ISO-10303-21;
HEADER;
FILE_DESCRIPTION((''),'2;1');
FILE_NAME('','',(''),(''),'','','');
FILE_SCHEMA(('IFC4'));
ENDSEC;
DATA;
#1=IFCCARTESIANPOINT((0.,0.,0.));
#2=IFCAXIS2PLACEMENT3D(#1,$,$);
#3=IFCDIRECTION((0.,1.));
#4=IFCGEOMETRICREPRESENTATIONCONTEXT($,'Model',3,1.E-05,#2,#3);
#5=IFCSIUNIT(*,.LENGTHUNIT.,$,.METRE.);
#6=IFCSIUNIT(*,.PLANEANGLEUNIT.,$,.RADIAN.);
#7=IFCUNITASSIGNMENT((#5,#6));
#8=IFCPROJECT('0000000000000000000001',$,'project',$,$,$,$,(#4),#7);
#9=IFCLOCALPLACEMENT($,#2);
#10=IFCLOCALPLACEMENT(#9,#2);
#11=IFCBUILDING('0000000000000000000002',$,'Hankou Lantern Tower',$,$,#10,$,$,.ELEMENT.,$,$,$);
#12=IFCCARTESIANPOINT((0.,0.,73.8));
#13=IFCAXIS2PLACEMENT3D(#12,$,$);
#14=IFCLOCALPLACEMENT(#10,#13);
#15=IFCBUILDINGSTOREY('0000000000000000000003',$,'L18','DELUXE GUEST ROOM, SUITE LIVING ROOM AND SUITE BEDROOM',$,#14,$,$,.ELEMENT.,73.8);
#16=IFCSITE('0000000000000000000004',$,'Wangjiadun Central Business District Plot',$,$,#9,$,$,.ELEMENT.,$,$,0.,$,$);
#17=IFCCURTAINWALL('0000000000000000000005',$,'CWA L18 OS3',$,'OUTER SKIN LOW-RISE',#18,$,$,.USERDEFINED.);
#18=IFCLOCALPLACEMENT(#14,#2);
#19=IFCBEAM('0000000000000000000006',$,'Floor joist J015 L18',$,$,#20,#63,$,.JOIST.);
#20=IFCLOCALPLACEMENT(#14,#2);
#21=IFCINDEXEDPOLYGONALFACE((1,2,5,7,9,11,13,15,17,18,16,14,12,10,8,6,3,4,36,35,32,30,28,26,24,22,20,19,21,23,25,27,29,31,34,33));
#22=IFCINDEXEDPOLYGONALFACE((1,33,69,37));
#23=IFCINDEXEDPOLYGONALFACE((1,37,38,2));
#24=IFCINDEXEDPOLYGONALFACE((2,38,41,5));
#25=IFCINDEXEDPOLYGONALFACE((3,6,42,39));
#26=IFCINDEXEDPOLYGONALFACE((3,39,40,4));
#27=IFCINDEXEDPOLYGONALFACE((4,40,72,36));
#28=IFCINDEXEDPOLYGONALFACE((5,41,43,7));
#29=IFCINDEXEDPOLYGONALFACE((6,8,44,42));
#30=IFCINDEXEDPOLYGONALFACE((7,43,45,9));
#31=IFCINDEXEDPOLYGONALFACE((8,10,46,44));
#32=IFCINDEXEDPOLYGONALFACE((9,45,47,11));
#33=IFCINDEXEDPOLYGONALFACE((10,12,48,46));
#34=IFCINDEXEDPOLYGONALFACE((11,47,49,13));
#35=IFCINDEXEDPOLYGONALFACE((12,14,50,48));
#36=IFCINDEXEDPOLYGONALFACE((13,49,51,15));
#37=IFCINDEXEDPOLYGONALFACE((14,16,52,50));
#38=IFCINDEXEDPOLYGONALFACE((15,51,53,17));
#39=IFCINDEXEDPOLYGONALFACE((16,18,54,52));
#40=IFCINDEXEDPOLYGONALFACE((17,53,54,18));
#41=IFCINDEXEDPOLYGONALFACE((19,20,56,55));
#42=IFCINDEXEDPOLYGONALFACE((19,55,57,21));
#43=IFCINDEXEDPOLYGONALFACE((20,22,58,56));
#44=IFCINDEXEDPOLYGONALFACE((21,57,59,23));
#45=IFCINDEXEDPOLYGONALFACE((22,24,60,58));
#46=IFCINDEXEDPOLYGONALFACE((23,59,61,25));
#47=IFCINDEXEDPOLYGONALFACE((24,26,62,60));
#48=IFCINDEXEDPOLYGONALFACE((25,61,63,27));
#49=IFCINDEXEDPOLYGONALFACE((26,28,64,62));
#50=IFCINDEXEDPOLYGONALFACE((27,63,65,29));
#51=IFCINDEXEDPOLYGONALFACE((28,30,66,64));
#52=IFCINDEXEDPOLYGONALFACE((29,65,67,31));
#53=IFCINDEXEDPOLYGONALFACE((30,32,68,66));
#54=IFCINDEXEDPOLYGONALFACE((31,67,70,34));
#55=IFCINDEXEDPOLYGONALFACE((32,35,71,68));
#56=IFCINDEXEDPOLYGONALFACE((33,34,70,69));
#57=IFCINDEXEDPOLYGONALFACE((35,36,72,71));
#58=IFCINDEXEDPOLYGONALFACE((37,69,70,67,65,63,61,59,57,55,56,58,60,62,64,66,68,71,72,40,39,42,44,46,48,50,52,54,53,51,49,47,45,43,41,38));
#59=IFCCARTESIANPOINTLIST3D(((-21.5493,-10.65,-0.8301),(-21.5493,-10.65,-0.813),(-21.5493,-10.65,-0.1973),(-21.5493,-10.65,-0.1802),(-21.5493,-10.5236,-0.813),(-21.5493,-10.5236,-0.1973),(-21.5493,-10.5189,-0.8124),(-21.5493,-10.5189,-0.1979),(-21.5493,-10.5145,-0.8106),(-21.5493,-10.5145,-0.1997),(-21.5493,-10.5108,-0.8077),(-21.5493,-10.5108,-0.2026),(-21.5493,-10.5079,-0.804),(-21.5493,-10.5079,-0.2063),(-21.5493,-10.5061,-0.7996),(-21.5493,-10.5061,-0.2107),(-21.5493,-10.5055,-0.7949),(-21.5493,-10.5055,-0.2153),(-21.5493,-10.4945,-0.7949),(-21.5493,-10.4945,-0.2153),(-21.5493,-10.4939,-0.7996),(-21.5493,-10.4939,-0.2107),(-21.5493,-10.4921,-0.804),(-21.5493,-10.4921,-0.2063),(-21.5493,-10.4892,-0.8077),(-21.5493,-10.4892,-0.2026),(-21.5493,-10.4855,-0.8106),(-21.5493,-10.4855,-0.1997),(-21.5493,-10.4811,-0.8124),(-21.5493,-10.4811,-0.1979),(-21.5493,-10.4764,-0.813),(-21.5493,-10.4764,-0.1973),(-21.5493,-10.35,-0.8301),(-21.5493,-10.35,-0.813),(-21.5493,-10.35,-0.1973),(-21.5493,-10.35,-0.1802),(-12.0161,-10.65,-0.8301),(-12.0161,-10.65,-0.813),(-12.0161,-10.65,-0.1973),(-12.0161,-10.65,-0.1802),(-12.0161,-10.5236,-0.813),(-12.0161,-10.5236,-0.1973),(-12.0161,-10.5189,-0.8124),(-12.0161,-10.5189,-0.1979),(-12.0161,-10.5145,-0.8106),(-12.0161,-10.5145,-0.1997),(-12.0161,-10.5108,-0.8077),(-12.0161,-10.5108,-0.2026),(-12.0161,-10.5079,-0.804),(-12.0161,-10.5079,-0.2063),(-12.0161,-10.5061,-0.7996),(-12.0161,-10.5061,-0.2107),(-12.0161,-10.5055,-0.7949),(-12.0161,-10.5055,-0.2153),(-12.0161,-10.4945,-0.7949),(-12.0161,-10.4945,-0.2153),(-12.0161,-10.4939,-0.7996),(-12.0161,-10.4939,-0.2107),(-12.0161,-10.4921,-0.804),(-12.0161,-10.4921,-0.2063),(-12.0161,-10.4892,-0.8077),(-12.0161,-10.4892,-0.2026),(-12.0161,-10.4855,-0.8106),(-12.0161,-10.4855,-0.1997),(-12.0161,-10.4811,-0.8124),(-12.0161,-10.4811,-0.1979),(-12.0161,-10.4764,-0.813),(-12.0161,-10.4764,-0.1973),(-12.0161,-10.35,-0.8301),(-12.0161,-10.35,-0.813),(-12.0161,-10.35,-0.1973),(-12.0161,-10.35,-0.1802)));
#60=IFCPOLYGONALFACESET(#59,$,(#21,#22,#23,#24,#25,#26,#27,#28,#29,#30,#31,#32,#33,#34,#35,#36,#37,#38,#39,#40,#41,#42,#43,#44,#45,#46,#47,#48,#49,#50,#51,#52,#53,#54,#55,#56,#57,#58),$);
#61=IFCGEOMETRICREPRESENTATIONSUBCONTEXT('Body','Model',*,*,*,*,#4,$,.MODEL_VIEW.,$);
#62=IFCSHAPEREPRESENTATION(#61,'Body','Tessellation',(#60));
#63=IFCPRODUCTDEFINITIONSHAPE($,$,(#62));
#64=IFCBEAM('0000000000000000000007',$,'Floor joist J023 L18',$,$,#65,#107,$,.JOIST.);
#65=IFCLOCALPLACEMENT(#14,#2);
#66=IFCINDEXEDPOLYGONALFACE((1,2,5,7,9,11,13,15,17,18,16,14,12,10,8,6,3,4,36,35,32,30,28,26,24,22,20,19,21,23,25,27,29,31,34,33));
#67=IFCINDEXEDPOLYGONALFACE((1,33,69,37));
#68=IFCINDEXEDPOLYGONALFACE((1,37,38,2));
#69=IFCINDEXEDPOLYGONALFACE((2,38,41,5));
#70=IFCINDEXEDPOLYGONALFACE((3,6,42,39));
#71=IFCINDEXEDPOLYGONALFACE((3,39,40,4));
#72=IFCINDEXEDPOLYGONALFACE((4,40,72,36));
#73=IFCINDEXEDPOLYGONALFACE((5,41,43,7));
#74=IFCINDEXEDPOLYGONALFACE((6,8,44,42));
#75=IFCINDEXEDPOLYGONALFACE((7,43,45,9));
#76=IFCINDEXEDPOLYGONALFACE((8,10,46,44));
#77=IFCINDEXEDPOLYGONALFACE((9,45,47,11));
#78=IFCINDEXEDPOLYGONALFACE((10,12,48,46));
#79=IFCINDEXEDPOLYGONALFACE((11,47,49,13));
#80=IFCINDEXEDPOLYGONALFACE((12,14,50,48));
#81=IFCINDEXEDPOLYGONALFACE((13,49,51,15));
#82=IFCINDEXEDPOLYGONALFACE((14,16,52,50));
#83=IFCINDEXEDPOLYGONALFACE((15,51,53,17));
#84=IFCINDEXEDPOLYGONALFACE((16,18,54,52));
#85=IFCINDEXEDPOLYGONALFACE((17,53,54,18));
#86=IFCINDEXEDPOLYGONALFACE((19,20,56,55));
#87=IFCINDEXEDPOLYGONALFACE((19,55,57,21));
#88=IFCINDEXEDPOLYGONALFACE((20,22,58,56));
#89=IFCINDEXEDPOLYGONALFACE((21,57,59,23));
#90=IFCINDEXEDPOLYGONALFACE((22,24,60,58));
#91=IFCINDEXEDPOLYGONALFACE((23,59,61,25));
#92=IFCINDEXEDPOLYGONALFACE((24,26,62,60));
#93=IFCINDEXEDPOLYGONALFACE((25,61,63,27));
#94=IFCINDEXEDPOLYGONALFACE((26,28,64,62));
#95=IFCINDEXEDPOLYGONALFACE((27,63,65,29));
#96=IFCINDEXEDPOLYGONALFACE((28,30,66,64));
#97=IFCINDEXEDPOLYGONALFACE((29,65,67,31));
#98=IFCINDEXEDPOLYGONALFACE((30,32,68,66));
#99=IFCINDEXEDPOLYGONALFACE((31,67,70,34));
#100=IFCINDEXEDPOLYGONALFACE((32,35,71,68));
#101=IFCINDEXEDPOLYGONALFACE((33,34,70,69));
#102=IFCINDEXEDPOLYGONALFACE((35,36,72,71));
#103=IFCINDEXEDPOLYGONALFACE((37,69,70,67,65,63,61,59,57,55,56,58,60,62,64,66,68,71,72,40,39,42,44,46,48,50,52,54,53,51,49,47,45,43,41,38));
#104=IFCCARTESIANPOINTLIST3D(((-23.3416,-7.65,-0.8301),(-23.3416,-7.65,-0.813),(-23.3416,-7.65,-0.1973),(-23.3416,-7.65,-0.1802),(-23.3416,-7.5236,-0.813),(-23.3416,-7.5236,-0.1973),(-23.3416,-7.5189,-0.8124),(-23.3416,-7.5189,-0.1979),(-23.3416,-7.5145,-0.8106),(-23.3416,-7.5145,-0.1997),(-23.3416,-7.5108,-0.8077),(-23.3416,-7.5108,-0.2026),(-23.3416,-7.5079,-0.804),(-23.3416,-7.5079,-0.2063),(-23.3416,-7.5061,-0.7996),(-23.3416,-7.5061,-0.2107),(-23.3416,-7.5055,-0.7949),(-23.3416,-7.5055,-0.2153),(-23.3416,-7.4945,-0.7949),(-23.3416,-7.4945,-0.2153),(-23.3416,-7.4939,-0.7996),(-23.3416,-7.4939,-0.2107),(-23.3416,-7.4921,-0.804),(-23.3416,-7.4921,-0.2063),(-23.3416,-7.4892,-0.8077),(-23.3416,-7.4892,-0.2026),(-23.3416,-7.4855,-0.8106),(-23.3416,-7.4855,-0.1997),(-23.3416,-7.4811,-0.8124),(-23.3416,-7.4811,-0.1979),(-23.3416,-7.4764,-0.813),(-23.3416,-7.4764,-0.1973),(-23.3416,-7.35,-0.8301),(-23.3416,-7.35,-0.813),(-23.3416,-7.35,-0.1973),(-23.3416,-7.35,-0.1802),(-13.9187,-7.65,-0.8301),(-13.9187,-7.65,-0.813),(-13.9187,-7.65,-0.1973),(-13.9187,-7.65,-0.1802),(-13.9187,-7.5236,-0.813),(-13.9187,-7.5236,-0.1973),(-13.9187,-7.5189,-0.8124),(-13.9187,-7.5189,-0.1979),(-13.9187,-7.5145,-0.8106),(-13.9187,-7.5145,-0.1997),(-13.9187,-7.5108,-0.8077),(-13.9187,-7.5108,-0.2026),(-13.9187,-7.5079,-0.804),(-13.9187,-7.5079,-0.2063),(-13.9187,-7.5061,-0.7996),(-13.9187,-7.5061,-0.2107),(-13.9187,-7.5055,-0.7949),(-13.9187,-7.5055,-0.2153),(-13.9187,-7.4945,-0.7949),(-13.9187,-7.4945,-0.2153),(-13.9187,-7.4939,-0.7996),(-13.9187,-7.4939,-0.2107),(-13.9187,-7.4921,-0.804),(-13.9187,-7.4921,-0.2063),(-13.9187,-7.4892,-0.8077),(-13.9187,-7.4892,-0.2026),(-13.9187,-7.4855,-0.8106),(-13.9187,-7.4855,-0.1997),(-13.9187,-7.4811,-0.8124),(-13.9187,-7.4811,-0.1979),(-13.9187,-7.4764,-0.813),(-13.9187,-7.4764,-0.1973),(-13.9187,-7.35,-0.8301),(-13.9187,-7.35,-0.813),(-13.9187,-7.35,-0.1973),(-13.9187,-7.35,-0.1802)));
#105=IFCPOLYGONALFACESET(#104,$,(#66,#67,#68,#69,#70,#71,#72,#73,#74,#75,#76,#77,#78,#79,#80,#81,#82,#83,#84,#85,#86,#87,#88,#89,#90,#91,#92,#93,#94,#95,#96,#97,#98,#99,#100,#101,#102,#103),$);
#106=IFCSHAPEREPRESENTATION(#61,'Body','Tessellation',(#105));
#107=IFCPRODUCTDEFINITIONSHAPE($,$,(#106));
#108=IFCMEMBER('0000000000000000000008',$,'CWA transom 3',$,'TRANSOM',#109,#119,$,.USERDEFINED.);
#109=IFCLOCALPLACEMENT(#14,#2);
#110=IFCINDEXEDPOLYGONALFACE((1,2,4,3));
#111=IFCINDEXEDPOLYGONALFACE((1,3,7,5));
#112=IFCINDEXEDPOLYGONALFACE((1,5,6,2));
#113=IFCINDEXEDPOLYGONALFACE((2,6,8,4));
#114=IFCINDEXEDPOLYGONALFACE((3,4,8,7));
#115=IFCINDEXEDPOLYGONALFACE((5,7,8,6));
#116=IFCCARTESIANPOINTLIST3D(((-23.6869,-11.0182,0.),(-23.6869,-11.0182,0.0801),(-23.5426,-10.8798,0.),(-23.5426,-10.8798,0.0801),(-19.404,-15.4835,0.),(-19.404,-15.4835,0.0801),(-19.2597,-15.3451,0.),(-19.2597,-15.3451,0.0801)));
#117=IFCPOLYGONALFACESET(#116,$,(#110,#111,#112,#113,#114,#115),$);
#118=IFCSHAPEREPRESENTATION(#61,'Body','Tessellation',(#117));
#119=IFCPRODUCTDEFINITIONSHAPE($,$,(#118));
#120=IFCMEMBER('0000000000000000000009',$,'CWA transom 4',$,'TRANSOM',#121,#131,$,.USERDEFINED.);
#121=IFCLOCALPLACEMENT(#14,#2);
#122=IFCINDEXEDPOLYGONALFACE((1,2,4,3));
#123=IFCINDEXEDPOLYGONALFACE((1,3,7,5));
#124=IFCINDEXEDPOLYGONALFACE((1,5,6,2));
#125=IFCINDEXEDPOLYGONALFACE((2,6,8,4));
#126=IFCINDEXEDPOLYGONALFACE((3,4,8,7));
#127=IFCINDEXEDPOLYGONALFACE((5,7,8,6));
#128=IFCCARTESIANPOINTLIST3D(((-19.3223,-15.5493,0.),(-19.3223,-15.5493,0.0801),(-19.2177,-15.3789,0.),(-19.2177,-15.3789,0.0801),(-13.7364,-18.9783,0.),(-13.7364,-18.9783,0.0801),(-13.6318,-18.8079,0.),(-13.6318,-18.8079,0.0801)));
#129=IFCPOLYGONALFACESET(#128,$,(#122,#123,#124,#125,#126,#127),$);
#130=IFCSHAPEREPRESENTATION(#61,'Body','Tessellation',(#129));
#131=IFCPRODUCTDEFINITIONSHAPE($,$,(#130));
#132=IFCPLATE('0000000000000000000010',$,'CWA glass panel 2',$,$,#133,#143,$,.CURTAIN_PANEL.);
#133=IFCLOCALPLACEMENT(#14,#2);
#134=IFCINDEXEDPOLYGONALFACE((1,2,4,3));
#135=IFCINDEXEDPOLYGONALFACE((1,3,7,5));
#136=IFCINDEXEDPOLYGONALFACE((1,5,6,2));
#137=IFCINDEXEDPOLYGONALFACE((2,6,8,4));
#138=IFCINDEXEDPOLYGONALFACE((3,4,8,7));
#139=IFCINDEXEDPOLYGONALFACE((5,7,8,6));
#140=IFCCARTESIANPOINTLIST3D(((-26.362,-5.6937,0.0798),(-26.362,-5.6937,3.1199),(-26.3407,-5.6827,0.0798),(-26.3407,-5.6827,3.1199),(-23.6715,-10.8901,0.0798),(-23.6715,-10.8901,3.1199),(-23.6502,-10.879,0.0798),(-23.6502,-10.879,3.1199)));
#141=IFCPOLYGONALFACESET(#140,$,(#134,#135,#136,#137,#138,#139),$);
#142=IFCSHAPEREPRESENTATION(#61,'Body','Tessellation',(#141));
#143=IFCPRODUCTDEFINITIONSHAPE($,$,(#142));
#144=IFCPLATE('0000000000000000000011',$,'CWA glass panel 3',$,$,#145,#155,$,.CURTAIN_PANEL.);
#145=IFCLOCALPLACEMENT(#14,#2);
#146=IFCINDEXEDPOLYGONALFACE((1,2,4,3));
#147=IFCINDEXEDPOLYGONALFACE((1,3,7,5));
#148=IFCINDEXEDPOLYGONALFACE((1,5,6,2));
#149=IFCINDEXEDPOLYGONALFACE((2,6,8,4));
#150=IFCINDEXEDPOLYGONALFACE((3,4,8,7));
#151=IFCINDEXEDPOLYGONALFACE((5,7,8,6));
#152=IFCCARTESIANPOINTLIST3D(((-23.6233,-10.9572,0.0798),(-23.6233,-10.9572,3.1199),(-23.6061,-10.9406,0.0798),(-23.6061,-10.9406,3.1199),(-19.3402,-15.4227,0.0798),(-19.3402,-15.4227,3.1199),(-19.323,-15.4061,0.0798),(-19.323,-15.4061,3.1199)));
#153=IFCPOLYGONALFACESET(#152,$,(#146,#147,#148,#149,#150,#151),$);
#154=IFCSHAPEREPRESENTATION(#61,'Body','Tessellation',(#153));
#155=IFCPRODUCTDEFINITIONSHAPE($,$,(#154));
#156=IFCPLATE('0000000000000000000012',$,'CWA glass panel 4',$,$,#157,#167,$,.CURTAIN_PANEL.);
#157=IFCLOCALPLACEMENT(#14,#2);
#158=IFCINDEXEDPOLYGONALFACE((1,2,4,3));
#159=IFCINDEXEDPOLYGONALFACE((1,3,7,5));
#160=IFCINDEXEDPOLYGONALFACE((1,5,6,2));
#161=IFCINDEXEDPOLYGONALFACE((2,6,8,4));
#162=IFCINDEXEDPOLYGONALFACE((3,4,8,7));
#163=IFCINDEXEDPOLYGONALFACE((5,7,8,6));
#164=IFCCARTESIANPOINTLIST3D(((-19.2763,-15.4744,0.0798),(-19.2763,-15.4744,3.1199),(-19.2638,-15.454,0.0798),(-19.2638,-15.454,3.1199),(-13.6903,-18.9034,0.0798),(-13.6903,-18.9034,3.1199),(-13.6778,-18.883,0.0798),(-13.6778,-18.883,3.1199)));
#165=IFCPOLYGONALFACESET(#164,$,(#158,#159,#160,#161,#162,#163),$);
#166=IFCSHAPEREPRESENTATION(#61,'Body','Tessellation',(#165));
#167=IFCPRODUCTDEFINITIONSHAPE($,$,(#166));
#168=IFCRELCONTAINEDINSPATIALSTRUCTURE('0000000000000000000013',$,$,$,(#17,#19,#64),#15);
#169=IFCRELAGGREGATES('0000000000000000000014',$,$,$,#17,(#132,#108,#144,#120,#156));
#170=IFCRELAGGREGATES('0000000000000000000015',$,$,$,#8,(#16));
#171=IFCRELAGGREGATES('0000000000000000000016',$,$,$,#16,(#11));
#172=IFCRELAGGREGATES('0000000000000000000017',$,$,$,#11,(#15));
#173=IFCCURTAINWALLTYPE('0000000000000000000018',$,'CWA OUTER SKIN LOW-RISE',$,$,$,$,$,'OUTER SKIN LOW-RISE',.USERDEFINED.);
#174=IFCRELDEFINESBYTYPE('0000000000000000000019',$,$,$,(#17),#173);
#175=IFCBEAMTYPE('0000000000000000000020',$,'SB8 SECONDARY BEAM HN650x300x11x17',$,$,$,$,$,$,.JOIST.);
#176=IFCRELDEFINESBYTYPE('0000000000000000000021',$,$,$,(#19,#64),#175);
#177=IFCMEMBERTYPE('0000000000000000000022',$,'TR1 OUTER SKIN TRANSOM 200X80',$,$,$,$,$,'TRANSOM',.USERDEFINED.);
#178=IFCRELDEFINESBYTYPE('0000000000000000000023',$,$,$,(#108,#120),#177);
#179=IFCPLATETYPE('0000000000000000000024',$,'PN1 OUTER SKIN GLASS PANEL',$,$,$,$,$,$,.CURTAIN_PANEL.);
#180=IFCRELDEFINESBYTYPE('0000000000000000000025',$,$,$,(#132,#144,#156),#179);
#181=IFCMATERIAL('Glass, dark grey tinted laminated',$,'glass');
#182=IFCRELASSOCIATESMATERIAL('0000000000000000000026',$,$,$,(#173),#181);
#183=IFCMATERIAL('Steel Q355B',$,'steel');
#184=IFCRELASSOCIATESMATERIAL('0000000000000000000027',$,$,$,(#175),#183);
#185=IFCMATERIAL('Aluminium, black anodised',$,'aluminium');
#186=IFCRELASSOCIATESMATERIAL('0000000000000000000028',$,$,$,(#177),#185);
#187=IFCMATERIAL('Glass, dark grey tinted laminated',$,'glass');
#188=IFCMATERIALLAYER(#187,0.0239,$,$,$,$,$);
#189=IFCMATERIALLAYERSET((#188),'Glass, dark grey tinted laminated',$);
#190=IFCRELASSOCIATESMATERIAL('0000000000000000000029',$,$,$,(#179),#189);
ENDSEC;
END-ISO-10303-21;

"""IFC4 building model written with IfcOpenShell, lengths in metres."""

from ifc_helpers import new_model, si_unit, direction, frame, origin, origin_2d, place, context, subcontext, project, spatial, rectangle, i_section, extrude, material, layer, layer_set, material_profile, profile_set, type_object, element, aggregate, save


model = new_model("IFC4")

# Units and contexts
model_context = context("Model", 3, precision=1e-05, world=origin(), true_north=direction((0.0, 1.0)))
body_context = subcontext(model_context, "Body", "Model", "MODEL_VIEW")
ifc_project = project(units=[si_unit("LENGTHUNIT", "METRE"), si_unit("PLANEANGLEUNIT", "RADIAN")], contexts=[model_context])

# Site, building, storey
site_placement = place(None, origin())
site = spatial("IfcSite", under=ifc_project, at=site_placement, Name="Wangjiadun Central Business District Plot", CompositionType="ELEMENT", RefElevation=0.0)
building_placement = place(site_placement, origin())
building = spatial("IfcBuilding", under=site, at=building_placement, Name="Hankou Lantern Tower", CompositionType="ELEMENT")
storey_placement = place(building_placement, frame((0.0, 0.0, 73.8)))
storey = spatial("IfcBuildingStorey", under=building, at=storey_placement, Name="L18", Description="DELUXE GUEST ROOM, SUITE LIVING ROOM AND SUITE BEDROOM", CompositionType="ELEMENT", Elevation=73.8)

# Curtain wall
ifc_material_1 = material(Name="Glass, dark grey tinted laminated", Category="glass")
curtain_wall_type = type_object("IfcCurtainWallType", Name="CWA OUTER SKIN LOW-RISE", ElementType="OUTER SKIN LOW-RISE", PredefinedType="USERDEFINED", material=ifc_material_1)
curtain_wall_placement = place(storey_placement, origin())
curtain_wall = element("IfcCurtainWall", 1, at=curtain_wall_placement, inside=storey, type_object=curtain_wall_type, Name="CWA L18 OS3", ObjectType="OUTER SKIN LOW-RISE", PredefinedType="USERDEFINED")

# Beams
ifc_material_2 = material(Name="Steel Q355B", Category="steel")
ifc_material_profile_1 = material_profile(ifc_material_2, i_section(OverallWidth=0.3, OverallDepth=0.6499, WebThickness=0.011, FlangeThickness=0.0171, FilletRadius=0.0181, at=origin_2d()), Name="HN650x300x11x17")
ifc_profile_set_1 = profile_set([ifc_material_profile_1], Name="Steel Q355B")
beam_type_1 = type_object("IfcBeamType", Name="SB8 SECONDARY BEAM HN650x300x11x17", PredefinedType="JOIST", material=ifc_profile_set_1)
beam_1_placement = place(storey_placement, frame((-21.5493, -10.5, -0.5051), z_axis=(1.0, 0.0, 0.0), x_axis=(0.0, 1.0, 0.0)))
element("IfcBeam", 2, at=beam_1_placement, inside=storey, type_object=beam_type_1, Name="Floor joist J015 L18", PredefinedType="JOIST", context=body_context, shape_type="SweptSolid", body=[
    extrude(i_section(OverallWidth=0.3, OverallDepth=0.6499, WebThickness=0.011, FlangeThickness=0.0171, FilletRadius=0.0181, at=origin_2d()), origin(), (0.0, 0.0, 1.0), 9.5332),
])
beam_2_placement = place(storey_placement, frame((-23.3416, -7.5, -0.5051), z_axis=(1.0, 0.0, 0.0), x_axis=(0.0, 1.0, 0.0)))
element("IfcBeam", 3, at=beam_2_placement, inside=storey, type_object=beam_type_1, Name="Floor joist J023 L18", PredefinedType="JOIST", context=body_context, shape_type="SweptSolid", body=[
    extrude(i_section(OverallWidth=0.3, OverallDepth=0.6499, WebThickness=0.011, FlangeThickness=0.0171, FilletRadius=0.0181, at=origin_2d()), origin(), (0.0, 0.0, 1.0), 9.4229),
])

# Members
ifc_material_3 = material(Name="Aluminium, black anodised", Category="aluminium")
ifc_material_profile_2 = material_profile(ifc_material_3, rectangle(XDim=0.2, YDim=0.0801, at=origin_2d()), Name="TR1 200X80")
ifc_profile_set_2 = profile_set([ifc_material_profile_2], Name="Aluminium, black anodised")
member_type_1 = type_object("IfcMemberType", Name="TR1 OUTER SKIN TRANSOM 200X80", ElementType="TRANSOM", PredefinedType="USERDEFINED", material=ifc_profile_set_2)
member_1_placement = place(storey_placement, frame((-23.6147, -10.949, 0.04), z_axis=(0.692216, -0.721691, 0.0), x_axis=(0.721691, 0.692216, 0.0)))
member_1 = element("IfcMember", 4, at=member_1_placement, type_object=member_type_1, Name="CWA transom 3", ObjectType="TRANSOM", PredefinedType="USERDEFINED", context=body_context, shape_type="SweptSolid", body=[
    extrude(rectangle(XDim=0.2, YDim=0.0801, at=origin_2d()), origin(), (0.0, 0.0, 1.0), 6.1873),
])
member_2_placement = place(storey_placement, frame((-19.27, -15.4641, 0.04), z_axis=(0.85224, -0.523152, 0.0), x_axis=(0.523152, 0.85224, 0.0)))
member_2 = element("IfcMember", 5, at=member_2_placement, type_object=member_type_1, Name="CWA transom 4", ObjectType="TRANSOM", PredefinedType="USERDEFINED", context=body_context, shape_type="SweptSolid", body=[
    extrude(rectangle(XDim=0.2, YDim=0.0801, at=origin_2d()), origin(), (0.0, 0.0, 1.0), 6.5544),
])

# Plates
ifc_material_4 = material(Name="Glass, dark grey tinted laminated", Category="glass")
ifc_layer_1 = layer(ifc_material_4, 0.0239)
ifc_layer_set_1 = layer_set([ifc_layer_1], Name="Glass, dark grey tinted laminated")
plate_type = type_object("IfcPlateType", Name="PN1 OUTER SKIN GLASS PANEL", PredefinedType="CURTAIN_PANEL", material=ifc_layer_set_1)
plate_1_placement = place(storey_placement, frame((-25.0061, -8.2864, 0.0798), z_axis=(0.0, 0.0, 1.0), x_axis=(0.459791, -0.888027, 0.0)))
plate_1 = element("IfcPlate", 6, at=plate_1_placement, type_object=plate_type, Name="CWA glass panel 2", PredefinedType="CURTAIN_PANEL", context=body_context, shape_type="SweptSolid", body=[
    extrude(rectangle(XDim=5.8516, YDim=0.0239, at=origin_2d()), origin(), (0.0, 0.0, 1.0), 3.04),
])
plate_2_placement = place(storey_placement, frame((-21.4731, -13.1816, 0.0798), z_axis=(0.0, 0.0, 1.0), x_axis=(0.692216, -0.721691, 0.0)))
plate_2 = element("IfcPlate", 7, at=plate_2_placement, type_object=plate_type, Name="CWA glass panel 3", PredefinedType="CURTAIN_PANEL", context=body_context, shape_type="SweptSolid", body=[
    extrude(rectangle(XDim=6.1875, YDim=0.0239, at=origin_2d()), origin(), (0.0, 0.0, 1.0), 3.04),
])
plate_3_placement = place(storey_placement, frame((-16.4771, -17.1787, 0.0798), z_axis=(0.0, 0.0, 1.0), x_axis=(0.852237, -0.523156, 0.0)))
plate_3 = element("IfcPlate", 8, at=plate_3_placement, type_object=plate_type, Name="CWA glass panel 4", PredefinedType="CURTAIN_PANEL", context=body_context, shape_type="SweptSolid", body=[
    extrude(rectangle(XDim=6.5544, YDim=0.0239, at=origin_2d()), origin(), (0.0, 0.0, 1.0), 3.04),
])
aggregate(curtain_wall, [plate_1, member_1, plate_2, member_2, plate_3])

save(model, "model.ifc")
